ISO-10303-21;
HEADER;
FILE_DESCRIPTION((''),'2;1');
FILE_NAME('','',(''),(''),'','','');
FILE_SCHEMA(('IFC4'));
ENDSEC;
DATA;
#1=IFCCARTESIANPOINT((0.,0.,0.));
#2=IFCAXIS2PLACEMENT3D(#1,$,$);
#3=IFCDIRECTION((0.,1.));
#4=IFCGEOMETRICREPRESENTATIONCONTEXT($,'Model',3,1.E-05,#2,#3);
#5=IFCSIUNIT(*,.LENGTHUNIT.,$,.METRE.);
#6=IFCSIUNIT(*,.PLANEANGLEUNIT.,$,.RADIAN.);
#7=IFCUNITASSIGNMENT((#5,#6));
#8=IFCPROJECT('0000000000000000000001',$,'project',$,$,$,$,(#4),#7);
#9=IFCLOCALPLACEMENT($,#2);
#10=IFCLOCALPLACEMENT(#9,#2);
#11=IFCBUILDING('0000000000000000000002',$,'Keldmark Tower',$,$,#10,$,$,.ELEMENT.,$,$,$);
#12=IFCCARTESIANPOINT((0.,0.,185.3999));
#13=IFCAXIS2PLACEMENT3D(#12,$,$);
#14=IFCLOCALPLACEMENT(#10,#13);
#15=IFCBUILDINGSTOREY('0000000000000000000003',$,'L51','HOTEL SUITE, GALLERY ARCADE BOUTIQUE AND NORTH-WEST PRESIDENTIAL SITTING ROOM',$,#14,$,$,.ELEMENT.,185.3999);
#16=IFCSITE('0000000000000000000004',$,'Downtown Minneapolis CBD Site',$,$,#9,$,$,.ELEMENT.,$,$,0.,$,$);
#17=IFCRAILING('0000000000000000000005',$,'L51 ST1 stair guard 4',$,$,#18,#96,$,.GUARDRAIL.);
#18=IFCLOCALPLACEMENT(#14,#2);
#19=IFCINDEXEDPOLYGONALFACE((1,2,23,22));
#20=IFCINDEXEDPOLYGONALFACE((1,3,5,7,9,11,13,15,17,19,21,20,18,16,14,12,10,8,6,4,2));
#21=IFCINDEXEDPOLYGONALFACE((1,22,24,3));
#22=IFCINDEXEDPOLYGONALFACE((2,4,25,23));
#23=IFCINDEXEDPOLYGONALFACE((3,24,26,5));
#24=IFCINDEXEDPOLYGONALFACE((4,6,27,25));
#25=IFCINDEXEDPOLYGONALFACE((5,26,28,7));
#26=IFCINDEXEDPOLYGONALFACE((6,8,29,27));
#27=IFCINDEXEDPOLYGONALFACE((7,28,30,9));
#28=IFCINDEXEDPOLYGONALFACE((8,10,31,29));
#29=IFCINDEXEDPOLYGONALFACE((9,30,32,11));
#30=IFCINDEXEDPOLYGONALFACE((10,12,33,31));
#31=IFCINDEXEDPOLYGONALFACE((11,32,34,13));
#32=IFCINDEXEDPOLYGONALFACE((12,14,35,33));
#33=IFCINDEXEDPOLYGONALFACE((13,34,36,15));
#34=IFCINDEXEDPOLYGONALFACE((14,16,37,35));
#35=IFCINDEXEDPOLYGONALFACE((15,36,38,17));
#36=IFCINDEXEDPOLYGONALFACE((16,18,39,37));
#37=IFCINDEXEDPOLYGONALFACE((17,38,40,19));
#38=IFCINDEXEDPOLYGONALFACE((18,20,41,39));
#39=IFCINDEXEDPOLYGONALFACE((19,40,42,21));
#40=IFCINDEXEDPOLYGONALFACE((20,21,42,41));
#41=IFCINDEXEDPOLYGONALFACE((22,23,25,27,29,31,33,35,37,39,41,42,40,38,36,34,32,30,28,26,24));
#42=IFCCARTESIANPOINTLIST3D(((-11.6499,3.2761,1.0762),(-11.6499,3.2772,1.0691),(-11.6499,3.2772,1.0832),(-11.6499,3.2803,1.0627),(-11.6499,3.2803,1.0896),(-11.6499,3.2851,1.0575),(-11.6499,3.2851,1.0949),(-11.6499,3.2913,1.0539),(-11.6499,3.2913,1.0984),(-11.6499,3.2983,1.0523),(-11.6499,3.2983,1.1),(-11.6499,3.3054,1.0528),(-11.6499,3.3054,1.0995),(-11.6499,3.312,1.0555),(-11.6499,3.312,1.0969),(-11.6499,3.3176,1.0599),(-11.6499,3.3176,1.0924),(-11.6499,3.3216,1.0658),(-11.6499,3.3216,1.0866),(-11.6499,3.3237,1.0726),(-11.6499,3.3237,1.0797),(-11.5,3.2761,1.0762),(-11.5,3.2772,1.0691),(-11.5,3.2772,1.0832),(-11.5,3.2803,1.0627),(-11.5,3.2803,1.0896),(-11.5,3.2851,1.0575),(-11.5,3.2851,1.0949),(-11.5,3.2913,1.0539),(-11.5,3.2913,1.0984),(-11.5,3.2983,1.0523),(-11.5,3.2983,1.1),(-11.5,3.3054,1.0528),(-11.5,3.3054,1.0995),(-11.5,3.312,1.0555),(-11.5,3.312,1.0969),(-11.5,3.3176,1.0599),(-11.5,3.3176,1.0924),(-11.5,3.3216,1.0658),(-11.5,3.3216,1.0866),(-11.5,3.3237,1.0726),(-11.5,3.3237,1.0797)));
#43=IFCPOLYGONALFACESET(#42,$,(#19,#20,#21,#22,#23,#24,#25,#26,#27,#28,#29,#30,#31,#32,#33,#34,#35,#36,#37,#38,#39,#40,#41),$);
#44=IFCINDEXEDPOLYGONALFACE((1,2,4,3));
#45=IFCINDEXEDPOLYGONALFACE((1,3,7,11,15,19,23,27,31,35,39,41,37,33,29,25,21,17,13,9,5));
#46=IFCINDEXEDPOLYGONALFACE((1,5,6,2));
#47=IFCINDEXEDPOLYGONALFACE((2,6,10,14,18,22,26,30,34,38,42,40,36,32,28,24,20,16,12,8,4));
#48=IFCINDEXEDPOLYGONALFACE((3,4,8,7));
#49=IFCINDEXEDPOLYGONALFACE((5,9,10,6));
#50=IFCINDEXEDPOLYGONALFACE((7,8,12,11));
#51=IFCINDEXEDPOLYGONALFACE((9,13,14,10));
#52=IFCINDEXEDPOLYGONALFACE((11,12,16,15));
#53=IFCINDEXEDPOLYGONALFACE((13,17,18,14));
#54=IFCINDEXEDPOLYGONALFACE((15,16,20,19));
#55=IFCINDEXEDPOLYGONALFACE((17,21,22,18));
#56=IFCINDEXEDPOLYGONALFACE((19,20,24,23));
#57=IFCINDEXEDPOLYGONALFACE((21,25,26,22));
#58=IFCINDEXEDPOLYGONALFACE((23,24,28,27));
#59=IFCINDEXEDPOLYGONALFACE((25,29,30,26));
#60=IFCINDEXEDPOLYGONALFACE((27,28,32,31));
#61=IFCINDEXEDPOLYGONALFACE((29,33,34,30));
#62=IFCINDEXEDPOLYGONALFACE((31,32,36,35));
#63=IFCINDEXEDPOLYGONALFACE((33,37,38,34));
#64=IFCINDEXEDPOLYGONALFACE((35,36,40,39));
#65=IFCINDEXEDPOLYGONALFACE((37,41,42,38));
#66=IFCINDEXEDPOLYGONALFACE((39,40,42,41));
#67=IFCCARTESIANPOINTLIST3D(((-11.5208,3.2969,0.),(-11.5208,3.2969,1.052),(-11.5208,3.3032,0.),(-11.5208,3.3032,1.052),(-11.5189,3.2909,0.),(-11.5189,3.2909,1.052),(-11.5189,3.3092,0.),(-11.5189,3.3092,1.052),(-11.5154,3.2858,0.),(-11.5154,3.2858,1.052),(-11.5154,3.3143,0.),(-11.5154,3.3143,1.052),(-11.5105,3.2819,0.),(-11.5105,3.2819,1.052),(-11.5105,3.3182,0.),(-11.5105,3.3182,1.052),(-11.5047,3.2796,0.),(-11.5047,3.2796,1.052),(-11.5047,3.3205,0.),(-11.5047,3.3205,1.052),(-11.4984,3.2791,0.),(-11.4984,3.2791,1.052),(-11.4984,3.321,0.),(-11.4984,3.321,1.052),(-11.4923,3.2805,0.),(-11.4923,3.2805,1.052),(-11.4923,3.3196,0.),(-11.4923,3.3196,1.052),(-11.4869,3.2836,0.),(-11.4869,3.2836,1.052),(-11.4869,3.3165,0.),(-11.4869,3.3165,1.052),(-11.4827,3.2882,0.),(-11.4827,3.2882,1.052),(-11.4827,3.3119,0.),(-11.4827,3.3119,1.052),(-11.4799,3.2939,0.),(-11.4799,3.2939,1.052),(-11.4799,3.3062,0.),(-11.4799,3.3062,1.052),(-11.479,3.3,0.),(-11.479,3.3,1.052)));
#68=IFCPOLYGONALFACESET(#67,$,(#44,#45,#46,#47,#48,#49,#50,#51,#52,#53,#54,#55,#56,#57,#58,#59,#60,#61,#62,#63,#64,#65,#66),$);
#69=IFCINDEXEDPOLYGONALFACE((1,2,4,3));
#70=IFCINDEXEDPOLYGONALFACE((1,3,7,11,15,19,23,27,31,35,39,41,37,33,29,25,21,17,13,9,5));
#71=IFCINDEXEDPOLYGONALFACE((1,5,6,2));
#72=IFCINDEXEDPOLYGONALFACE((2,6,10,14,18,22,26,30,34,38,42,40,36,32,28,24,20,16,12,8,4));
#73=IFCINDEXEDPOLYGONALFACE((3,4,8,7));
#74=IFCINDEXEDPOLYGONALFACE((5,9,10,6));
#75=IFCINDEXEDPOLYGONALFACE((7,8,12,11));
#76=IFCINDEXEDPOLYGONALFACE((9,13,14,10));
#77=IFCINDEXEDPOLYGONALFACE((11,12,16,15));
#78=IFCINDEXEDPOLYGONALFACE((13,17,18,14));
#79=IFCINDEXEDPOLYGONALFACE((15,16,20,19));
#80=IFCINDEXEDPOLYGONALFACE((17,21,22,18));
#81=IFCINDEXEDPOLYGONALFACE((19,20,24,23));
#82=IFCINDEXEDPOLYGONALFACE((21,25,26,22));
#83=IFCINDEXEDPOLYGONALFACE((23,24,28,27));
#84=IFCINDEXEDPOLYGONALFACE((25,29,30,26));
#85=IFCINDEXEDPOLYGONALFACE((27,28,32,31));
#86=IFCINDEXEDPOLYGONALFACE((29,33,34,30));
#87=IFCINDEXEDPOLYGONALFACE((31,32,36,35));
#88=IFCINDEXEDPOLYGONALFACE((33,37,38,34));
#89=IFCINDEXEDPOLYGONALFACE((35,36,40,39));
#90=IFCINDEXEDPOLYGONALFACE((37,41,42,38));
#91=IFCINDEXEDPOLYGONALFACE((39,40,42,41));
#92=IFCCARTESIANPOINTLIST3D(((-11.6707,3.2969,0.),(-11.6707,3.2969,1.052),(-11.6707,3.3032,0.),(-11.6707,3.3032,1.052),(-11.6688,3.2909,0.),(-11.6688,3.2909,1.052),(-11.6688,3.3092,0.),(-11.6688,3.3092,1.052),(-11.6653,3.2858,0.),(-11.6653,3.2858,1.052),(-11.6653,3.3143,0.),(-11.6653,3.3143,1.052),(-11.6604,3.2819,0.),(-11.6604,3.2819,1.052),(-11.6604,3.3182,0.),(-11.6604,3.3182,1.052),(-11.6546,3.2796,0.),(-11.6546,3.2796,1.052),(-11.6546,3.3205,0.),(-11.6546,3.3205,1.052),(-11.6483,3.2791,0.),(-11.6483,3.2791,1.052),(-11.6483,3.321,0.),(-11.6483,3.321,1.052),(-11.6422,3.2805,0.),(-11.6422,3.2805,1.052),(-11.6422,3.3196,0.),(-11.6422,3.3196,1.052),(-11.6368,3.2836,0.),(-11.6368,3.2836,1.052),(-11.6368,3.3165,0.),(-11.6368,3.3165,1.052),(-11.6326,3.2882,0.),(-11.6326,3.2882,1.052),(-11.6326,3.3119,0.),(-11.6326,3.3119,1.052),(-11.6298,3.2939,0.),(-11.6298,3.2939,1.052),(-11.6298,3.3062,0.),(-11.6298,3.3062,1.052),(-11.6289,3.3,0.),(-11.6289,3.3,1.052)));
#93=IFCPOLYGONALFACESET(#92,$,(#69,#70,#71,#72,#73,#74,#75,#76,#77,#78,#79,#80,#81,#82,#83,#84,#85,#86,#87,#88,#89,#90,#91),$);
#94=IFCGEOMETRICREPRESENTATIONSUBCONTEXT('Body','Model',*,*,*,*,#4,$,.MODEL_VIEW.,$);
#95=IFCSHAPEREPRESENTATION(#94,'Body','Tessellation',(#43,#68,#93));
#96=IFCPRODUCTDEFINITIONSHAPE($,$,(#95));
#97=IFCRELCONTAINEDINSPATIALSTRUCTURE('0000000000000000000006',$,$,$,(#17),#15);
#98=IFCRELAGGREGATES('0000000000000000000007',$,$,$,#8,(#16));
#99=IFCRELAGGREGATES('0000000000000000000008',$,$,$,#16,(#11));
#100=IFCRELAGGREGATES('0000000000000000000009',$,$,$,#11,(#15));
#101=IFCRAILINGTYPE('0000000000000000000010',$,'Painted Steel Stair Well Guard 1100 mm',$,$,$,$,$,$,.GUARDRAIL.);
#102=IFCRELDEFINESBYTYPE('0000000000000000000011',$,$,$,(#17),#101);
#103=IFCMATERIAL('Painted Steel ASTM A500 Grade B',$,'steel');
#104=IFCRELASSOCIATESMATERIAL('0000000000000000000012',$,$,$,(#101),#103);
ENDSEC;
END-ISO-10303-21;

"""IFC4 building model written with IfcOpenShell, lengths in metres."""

from ifc_helpers import new_model, si_unit, direction, frame, origin, origin_2d, place, context, subcontext, project, spatial, circle, extrude, material, type_object, element, save


model = new_model("IFC4")

# Units and contexts
model_context = context("Model", 3, precision=1e-05, world=origin(), true_north=direction((0.0, 1.0)))
body_context = subcontext(model_context, "Body", "Model", "MODEL_VIEW")
ifc_project = project(units=[si_unit("LENGTHUNIT", "METRE"), si_unit("PLANEANGLEUNIT", "RADIAN")], contexts=[model_context])

# Site, building, storey
site_placement = place(None, origin())
site = spatial("IfcSite", under=ifc_project, at=site_placement, Name="Downtown Minneapolis CBD Site", CompositionType="ELEMENT", RefElevation=0.0)
building_placement = place(site_placement, origin())
building = spatial("IfcBuilding", under=site, at=building_placement, Name="Keldmark Tower", CompositionType="ELEMENT")
storey_placement = place(building_placement, frame((0.0, 0.0, 185.3999)))
storey = spatial("IfcBuildingStorey", under=building, at=storey_placement, Name="L51", Description="HOTEL SUITE, GALLERY ARCADE BOUTIQUE AND NORTH-WEST PRESIDENTIAL SITTING ROOM", CompositionType="ELEMENT", Elevation=185.3999)

# Railing
ifc_material_1 = material(Name="Painted Steel ASTM A500 Grade B", Category="steel")
railing_type_1 = type_object("IfcRailingType", Name="Painted Steel Stair Well Guard 1100 mm", PredefinedType="GUARDRAIL", material=ifc_material_1)
railing_1_placement = place(storey_placement, frame((-11.5, 3.3, 0.0)))
element("IfcRailing", 1, at=railing_1_placement, inside=storey, type_object=railing_type_1, Name="L51 ST1 stair guard 4", PredefinedType="GUARDRAIL", context=body_context, shape_type="SweptSolid", body=[
    extrude(circle(Radius=0.0239, at=origin_2d()), frame((0.0, 0.0, 1.0762), z_axis=(-1.0, 0.0, 0.0), x_axis=(0.0, -1.0, 0.0)), (0.0, 0.0, 1.0), 0.1499),
    extrude(circle(Radius=0.021, at=origin_2d()), origin(), (0.0, 0.0, 1.0), 1.052),
    extrude(circle(Radius=0.021, at=origin_2d()), frame((-0.1499, 0.0, 0.0)), (0.0, 0.0, 1.0), 1.052),
])

save(model, "model.ifc")
